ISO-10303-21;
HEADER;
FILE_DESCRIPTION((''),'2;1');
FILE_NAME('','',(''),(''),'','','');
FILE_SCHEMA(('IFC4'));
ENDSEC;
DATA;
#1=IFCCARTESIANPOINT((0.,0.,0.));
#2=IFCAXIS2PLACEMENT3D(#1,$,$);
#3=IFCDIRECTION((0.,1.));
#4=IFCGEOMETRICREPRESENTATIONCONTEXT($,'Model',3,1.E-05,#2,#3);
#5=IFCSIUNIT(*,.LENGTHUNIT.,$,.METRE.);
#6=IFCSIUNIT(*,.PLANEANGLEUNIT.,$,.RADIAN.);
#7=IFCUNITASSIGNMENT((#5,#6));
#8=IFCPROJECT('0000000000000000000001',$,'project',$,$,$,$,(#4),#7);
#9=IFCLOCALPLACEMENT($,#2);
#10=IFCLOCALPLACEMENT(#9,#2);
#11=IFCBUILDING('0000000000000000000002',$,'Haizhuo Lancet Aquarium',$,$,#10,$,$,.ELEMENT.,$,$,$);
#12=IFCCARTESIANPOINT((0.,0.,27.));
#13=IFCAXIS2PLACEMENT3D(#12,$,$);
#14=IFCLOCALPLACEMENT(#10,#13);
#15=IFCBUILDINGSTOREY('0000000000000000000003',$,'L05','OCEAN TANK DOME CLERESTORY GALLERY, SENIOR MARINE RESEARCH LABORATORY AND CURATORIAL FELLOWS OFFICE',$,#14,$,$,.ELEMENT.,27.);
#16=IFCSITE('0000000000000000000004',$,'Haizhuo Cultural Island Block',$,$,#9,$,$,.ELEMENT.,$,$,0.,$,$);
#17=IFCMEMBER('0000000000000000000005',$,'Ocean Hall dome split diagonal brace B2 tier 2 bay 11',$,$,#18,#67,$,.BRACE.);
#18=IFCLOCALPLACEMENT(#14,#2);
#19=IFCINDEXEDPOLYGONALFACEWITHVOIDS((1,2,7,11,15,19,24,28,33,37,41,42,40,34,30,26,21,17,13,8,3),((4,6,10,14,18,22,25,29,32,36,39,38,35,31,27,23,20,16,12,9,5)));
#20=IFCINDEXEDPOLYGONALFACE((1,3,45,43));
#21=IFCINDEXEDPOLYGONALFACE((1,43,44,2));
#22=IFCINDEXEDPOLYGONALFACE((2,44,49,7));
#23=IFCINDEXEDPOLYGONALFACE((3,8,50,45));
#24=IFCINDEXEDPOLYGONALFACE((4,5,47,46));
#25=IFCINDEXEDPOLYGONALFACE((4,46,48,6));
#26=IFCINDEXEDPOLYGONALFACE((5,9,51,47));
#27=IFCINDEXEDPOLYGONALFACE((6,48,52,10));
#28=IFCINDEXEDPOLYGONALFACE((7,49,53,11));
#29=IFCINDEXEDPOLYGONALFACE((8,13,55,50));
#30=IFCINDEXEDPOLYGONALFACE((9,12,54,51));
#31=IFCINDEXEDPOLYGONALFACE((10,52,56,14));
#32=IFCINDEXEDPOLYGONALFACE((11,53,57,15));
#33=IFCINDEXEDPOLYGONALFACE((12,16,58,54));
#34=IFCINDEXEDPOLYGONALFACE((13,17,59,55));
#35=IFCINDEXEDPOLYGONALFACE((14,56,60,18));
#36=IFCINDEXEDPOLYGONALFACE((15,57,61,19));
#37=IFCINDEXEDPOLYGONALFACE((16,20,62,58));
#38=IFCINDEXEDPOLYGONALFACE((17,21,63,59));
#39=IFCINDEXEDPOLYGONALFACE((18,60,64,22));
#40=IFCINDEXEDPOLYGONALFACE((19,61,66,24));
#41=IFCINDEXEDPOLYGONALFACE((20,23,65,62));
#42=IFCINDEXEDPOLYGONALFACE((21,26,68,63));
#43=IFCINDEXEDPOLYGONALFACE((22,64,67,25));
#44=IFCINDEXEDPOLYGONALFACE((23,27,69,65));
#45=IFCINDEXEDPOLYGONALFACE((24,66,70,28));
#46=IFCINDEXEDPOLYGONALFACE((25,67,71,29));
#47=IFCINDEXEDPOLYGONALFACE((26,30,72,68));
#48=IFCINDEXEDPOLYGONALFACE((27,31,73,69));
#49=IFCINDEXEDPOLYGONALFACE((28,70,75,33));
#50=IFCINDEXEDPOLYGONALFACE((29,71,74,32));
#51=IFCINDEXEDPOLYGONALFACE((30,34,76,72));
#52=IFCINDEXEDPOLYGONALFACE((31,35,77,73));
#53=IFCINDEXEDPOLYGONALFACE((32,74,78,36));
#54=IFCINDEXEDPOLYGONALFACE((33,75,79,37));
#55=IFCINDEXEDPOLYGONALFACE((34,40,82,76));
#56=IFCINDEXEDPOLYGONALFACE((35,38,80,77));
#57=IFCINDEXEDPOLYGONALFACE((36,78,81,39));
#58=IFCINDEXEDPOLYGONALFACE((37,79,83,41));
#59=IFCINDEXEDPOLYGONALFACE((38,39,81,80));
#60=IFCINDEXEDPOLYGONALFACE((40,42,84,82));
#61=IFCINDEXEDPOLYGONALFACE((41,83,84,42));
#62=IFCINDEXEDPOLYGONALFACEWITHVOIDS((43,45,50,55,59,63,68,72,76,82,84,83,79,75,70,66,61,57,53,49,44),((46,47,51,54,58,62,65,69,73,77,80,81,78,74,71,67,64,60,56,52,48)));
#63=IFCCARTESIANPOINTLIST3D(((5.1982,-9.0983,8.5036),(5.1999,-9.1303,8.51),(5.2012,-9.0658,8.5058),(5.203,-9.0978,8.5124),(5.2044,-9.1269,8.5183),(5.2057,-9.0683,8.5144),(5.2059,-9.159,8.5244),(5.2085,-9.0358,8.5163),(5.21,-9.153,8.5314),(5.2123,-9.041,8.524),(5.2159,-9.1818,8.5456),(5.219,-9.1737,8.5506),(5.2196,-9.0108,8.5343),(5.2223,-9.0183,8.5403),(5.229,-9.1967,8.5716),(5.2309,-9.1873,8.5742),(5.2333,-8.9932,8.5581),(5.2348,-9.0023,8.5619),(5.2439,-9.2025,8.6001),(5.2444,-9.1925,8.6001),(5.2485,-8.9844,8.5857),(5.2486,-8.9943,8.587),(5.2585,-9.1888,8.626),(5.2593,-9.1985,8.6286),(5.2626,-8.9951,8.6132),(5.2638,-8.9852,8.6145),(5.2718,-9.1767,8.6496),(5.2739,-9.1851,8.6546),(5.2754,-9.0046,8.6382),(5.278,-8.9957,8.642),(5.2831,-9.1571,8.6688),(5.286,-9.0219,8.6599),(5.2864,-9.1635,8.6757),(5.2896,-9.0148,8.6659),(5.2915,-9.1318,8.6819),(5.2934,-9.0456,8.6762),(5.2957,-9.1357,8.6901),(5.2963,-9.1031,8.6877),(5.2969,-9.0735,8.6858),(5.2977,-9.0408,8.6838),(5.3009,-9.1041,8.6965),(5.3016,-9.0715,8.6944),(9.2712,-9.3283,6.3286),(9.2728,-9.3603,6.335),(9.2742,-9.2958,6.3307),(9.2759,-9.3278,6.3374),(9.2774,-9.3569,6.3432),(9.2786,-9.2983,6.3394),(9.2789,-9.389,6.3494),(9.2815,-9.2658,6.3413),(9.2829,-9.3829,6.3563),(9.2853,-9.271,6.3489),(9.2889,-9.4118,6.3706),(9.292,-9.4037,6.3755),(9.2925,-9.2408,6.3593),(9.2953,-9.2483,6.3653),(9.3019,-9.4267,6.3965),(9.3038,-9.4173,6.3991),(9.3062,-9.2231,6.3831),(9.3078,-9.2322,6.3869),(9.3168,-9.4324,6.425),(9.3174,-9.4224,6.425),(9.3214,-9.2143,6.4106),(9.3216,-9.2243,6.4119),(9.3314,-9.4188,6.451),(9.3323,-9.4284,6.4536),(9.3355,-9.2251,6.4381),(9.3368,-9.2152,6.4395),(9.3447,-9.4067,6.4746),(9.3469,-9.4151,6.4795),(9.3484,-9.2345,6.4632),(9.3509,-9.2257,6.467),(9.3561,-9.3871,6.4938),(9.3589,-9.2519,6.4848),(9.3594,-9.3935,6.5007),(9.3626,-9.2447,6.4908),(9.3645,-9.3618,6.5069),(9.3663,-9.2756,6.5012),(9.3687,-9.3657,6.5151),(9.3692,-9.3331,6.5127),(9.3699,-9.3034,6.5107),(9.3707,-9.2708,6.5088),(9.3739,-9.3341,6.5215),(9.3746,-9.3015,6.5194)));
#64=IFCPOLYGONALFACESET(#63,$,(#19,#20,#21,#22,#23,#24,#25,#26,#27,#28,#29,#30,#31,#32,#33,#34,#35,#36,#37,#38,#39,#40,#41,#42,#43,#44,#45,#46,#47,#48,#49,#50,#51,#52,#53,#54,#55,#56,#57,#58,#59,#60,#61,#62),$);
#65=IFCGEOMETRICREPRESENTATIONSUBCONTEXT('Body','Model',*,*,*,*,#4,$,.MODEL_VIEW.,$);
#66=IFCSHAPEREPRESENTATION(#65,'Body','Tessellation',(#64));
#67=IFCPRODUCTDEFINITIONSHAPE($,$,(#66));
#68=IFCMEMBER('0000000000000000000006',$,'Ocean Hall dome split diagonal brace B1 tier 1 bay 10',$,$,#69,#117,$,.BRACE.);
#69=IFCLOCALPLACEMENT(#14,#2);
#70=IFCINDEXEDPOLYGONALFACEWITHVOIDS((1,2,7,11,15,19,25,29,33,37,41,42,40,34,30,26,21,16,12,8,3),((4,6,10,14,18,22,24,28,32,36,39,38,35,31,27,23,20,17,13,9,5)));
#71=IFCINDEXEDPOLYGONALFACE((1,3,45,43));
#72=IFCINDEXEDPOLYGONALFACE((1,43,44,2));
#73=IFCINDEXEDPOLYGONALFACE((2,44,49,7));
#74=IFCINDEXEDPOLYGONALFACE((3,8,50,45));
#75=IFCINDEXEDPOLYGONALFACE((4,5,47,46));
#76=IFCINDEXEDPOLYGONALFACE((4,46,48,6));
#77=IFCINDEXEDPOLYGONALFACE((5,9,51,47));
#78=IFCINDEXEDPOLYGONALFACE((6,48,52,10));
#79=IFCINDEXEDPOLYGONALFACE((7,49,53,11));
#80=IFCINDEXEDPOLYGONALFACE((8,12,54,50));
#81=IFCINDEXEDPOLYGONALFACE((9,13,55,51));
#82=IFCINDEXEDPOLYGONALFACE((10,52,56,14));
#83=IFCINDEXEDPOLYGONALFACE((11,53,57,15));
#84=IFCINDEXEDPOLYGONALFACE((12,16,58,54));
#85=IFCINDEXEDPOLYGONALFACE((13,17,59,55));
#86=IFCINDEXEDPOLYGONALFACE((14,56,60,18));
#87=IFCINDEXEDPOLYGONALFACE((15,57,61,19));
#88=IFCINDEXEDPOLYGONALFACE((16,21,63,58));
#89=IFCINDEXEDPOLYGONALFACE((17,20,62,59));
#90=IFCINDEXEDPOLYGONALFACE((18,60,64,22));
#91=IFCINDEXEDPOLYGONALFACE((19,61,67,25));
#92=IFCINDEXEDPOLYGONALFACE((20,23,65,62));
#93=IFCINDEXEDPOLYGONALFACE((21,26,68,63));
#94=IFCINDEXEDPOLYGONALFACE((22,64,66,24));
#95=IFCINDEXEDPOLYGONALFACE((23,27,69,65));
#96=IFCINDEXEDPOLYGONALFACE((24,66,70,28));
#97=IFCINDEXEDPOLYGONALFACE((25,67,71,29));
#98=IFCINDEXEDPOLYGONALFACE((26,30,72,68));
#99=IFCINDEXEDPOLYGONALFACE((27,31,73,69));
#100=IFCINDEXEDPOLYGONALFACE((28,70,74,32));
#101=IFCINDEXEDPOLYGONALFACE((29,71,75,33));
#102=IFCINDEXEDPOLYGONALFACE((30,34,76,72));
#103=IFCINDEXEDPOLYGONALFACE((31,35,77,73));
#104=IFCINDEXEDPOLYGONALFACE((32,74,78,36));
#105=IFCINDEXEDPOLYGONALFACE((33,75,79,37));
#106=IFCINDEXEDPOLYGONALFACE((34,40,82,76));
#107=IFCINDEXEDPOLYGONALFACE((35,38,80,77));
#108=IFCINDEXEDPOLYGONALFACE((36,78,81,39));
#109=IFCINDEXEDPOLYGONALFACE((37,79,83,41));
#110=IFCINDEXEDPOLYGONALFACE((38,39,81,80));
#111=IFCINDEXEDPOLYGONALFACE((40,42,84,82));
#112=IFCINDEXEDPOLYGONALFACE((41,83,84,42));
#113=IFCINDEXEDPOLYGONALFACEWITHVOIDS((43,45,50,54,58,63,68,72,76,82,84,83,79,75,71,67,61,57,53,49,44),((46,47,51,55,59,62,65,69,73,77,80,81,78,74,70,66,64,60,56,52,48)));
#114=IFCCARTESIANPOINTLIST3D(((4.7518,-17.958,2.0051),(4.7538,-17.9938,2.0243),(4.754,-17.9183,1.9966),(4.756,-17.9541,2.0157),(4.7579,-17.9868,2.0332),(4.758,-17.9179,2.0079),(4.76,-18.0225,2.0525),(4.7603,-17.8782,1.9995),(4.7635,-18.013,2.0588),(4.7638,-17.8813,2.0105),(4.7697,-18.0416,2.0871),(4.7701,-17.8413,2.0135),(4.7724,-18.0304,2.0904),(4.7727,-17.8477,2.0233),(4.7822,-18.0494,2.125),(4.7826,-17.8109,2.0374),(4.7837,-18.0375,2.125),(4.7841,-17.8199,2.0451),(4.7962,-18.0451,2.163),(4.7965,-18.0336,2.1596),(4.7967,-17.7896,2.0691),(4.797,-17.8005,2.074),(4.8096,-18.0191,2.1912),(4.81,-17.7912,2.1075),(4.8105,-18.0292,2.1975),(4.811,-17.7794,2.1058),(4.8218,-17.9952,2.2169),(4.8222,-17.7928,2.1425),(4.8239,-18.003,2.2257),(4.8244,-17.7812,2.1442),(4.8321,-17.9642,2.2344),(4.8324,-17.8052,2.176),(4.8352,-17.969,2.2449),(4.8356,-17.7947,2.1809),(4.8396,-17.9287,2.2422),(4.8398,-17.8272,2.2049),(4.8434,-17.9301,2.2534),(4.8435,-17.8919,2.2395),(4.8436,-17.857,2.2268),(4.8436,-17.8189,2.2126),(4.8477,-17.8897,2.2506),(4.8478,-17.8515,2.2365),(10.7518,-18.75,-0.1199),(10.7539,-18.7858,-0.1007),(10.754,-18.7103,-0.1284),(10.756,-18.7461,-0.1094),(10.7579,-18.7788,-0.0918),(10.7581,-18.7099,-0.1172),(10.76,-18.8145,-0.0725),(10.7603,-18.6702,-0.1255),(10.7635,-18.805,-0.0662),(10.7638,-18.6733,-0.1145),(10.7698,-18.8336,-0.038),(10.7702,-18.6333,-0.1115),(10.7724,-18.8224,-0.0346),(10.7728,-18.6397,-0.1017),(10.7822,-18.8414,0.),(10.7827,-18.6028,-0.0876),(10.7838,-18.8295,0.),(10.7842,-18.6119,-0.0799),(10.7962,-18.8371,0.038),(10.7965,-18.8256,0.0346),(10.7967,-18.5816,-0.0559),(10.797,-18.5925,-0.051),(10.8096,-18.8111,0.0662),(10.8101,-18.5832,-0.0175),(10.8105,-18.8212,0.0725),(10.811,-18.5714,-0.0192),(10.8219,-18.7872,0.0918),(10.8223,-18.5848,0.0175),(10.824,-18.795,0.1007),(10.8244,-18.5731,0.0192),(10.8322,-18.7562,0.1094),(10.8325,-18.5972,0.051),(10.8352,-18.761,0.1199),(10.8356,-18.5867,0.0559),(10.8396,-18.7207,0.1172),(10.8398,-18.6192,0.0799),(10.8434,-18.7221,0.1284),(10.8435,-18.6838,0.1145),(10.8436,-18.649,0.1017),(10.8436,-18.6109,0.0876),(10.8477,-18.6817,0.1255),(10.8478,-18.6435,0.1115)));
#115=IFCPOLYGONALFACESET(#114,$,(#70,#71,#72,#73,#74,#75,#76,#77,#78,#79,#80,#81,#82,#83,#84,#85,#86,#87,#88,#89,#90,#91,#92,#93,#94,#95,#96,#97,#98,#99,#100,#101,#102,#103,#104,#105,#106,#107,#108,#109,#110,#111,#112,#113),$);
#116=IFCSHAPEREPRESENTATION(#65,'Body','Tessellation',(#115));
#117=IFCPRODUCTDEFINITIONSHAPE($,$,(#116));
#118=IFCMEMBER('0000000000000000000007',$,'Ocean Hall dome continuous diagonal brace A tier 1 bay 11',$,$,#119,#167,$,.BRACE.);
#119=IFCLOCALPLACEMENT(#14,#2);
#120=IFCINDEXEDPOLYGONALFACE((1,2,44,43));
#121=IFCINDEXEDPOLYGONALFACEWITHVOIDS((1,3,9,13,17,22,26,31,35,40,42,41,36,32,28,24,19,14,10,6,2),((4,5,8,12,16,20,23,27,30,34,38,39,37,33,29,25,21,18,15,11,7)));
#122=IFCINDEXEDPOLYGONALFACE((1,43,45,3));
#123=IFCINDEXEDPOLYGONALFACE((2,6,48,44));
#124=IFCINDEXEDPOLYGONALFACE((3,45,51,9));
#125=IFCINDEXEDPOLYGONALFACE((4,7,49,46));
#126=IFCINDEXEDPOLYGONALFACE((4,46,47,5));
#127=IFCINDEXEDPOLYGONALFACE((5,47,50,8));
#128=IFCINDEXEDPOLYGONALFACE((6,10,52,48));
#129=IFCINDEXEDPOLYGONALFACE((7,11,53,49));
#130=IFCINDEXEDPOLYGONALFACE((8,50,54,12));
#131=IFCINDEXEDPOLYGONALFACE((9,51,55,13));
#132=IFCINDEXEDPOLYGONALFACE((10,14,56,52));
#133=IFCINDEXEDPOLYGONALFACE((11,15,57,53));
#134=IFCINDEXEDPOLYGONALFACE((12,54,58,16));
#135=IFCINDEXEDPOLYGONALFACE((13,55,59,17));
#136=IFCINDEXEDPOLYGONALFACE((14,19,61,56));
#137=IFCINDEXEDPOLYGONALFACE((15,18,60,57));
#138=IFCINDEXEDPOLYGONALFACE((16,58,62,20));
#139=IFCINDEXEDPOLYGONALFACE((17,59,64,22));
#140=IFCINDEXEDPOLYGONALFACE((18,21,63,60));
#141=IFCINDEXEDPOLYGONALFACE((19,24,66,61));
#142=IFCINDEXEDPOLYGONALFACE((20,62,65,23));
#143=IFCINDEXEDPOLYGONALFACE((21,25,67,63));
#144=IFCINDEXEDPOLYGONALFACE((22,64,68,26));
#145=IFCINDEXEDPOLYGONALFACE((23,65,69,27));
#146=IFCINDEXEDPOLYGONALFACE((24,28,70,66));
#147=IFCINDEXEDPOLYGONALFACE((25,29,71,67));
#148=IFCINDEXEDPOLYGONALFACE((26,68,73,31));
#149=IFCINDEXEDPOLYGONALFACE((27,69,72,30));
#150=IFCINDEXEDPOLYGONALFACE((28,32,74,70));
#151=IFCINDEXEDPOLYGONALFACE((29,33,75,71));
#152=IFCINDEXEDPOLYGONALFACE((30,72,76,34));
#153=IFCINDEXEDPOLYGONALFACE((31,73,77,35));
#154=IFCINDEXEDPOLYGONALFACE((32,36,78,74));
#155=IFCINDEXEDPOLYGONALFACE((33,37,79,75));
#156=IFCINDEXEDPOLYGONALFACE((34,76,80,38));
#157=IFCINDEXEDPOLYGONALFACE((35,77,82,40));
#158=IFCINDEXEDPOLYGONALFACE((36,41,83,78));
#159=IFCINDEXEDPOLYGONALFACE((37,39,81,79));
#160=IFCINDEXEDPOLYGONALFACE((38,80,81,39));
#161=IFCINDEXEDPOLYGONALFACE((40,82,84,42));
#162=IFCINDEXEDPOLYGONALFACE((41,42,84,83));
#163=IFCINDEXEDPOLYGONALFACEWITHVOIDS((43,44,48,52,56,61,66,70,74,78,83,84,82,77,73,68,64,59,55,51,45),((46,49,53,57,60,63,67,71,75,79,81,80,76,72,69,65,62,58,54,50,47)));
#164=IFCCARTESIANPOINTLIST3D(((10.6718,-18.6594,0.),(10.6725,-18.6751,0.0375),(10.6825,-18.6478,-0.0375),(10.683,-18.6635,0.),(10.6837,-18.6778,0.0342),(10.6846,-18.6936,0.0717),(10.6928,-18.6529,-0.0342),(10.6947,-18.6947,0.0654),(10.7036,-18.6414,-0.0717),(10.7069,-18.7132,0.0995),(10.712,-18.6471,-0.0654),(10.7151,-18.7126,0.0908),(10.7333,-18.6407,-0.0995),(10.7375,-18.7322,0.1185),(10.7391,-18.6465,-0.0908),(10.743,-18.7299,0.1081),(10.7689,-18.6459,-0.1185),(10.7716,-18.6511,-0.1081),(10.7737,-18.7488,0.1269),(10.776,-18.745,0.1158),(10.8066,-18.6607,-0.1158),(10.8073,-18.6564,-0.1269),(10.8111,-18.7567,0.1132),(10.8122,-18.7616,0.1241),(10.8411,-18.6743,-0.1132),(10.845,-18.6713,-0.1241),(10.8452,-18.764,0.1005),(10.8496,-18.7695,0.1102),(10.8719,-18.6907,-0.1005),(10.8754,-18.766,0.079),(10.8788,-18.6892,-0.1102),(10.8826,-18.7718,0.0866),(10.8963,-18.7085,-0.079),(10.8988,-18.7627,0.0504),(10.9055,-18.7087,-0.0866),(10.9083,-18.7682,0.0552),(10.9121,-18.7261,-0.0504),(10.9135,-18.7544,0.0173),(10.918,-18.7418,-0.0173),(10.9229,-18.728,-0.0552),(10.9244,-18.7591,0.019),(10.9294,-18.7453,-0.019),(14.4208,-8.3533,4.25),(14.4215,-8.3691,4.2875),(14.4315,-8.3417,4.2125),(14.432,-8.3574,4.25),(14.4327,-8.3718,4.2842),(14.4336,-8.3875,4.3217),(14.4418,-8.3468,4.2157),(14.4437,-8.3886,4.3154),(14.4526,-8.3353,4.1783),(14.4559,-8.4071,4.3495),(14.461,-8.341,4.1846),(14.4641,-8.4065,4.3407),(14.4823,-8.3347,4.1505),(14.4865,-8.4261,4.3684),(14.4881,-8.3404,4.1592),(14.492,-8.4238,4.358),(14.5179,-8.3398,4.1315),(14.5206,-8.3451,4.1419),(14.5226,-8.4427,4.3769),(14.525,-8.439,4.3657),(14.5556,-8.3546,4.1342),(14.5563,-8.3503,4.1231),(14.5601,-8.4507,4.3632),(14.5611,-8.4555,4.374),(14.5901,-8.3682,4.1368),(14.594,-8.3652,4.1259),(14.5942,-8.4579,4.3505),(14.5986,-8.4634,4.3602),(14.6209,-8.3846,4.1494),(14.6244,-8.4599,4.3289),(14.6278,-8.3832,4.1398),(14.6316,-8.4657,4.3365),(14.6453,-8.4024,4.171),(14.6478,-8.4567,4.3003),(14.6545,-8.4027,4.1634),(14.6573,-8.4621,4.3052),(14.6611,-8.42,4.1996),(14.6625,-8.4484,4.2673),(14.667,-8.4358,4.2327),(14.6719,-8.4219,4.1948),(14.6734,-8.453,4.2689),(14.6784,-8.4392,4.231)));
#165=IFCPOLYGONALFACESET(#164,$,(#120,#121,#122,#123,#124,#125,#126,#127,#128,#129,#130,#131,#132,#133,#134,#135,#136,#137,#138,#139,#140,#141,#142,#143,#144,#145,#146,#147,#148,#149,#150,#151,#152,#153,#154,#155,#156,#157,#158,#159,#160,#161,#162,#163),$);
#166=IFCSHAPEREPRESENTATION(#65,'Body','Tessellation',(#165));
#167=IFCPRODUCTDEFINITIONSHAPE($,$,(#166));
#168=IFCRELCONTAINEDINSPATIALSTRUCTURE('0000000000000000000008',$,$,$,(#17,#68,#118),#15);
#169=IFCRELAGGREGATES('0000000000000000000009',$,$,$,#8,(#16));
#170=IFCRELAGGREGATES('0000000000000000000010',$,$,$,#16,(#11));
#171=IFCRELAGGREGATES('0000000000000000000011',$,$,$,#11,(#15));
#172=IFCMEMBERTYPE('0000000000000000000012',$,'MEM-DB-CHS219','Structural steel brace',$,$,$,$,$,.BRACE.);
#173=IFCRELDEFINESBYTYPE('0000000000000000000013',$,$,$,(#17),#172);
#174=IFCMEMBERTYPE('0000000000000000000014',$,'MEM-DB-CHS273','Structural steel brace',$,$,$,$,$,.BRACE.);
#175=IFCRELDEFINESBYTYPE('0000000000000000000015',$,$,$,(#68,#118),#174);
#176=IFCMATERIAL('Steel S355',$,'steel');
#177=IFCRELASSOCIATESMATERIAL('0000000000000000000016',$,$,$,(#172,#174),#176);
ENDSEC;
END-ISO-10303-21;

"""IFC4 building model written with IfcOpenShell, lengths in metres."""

from ifc_helpers import new_model, si_unit, direction, frame, origin, origin_2d, place, context, subcontext, project, spatial, hollow_circle, extrude, material, material_profile, profile_set, type_object, element, save


model = new_model("IFC4")

# Units and contexts
model_context = context("Model", 3, precision=1e-05, world=origin(), true_north=direction((0.0, 1.0)))
body_context = subcontext(model_context, "Body", "Model", "MODEL_VIEW")
ifc_project = project(units=[si_unit("LENGTHUNIT", "METRE"), si_unit("PLANEANGLEUNIT", "RADIAN")], contexts=[model_context])

# Site, building, storey
site_placement = place(None, origin())
site = spatial("IfcSite", under=ifc_project, at=site_placement, Name="Haizhuo Cultural Island Block", CompositionType="ELEMENT", RefElevation=0.0)
building_placement = place(site_placement, origin())
building = spatial("IfcBuilding", under=site, at=building_placement, Name="Haizhuo Lancet Aquarium", CompositionType="ELEMENT")
storey_placement = place(building_placement, frame((0.0, 0.0, 27.0)))
storey = spatial("IfcBuildingStorey", under=building, at=storey_placement, Name="L05", Description="OCEAN TANK DOME CLERESTORY GALLERY, SENIOR MARINE RESEARCH LABORATORY AND CURATORIAL FELLOWS OFFICE", CompositionType="ELEMENT", Elevation=27.0)

# Members
ifc_material_1 = material(Name="Steel S355", Category="steel")
ifc_material_profile_1 = material_profile(ifc_material_1, hollow_circle(Radius=0.1096, WallThickness=0.01, at=origin_2d()), Name="CHS 219x10")
ifc_profile_set_1 = profile_set([ifc_material_profile_1], Name="Steel S355")
member_type_1 = type_object("IfcMemberType", Name="MEM-DB-CHS219", Description="Structural steel brace", PredefinedType="BRACE", material=ifc_profile_set_1)
member_1_placement = place(storey_placement, frame((9.323, -9.323, 6.425), z_axis=(-0.88101, 0.049746, 0.470474), x_axis=(-0.056375, -0.99841, 0.0)))
element("IfcMember", 1, at=member_1_placement, inside=storey, type_object=member_type_1, Name="Ocean Hall dome split diagonal brace B2 tier 2 bay 11", PredefinedType="BRACE", context=body_context, shape_type="SweptSolid", body=[
    extrude(hollow_circle(Radius=0.1096, WallThickness=0.01, at=origin_2d()), origin(), (0.0, 0.0, 1.0), 4.623),
])
ifc_material_profile_2 = material_profile(ifc_material_1, hollow_circle(Radius=0.1365, WallThickness=0.012, at=origin_2d()), Name="CHS 273x12")
ifc_profile_set_2 = profile_set([ifc_material_profile_2], Name="Steel S355")
member_type_2 = type_object("IfcMemberType", Name="MEM-DB-CHS273", Description="Structural steel brace", PredefinedType="BRACE", material=ifc_profile_set_2)
member_2_placement = place(storey_placement, frame((10.8, -18.7061, 0.0), z_axis=(-0.935414, 0.123473, 0.331293), x_axis=(-0.130864, -0.9914, 0.0)))
element("IfcMember", 2, at=member_2_placement, inside=storey, type_object=member_type_2, Name="Ocean Hall dome split diagonal brace B1 tier 1 bay 10", PredefinedType="BRACE", context=body_context, shape_type="SweptSolid", body=[
    extrude(hollow_circle(Radius=0.1365, WallThickness=0.012, at=origin_2d()), origin(), (0.0, 0.0, 1.0), 6.4143),
])
member_3_placement = place(storey_placement, frame((10.8, -18.7061, 0.0), z_axis=(0.318752, 0.876257, 0.361346), x_axis=(-0.939754, 0.34185, 0.0)))
element("IfcMember", 3, at=member_3_placement, inside=storey, type_object=member_type_2, Name="Ocean Hall dome continuous diagonal brace A tier 1 bay 11", PredefinedType="BRACE", context=body_context, shape_type="SweptSolid", body=[
    extrude(hollow_circle(Radius=0.1365, WallThickness=0.012, at=origin_2d()), origin(), (0.0, 0.0, 1.0), 11.7615),
])

save(model, "model.ifc")
